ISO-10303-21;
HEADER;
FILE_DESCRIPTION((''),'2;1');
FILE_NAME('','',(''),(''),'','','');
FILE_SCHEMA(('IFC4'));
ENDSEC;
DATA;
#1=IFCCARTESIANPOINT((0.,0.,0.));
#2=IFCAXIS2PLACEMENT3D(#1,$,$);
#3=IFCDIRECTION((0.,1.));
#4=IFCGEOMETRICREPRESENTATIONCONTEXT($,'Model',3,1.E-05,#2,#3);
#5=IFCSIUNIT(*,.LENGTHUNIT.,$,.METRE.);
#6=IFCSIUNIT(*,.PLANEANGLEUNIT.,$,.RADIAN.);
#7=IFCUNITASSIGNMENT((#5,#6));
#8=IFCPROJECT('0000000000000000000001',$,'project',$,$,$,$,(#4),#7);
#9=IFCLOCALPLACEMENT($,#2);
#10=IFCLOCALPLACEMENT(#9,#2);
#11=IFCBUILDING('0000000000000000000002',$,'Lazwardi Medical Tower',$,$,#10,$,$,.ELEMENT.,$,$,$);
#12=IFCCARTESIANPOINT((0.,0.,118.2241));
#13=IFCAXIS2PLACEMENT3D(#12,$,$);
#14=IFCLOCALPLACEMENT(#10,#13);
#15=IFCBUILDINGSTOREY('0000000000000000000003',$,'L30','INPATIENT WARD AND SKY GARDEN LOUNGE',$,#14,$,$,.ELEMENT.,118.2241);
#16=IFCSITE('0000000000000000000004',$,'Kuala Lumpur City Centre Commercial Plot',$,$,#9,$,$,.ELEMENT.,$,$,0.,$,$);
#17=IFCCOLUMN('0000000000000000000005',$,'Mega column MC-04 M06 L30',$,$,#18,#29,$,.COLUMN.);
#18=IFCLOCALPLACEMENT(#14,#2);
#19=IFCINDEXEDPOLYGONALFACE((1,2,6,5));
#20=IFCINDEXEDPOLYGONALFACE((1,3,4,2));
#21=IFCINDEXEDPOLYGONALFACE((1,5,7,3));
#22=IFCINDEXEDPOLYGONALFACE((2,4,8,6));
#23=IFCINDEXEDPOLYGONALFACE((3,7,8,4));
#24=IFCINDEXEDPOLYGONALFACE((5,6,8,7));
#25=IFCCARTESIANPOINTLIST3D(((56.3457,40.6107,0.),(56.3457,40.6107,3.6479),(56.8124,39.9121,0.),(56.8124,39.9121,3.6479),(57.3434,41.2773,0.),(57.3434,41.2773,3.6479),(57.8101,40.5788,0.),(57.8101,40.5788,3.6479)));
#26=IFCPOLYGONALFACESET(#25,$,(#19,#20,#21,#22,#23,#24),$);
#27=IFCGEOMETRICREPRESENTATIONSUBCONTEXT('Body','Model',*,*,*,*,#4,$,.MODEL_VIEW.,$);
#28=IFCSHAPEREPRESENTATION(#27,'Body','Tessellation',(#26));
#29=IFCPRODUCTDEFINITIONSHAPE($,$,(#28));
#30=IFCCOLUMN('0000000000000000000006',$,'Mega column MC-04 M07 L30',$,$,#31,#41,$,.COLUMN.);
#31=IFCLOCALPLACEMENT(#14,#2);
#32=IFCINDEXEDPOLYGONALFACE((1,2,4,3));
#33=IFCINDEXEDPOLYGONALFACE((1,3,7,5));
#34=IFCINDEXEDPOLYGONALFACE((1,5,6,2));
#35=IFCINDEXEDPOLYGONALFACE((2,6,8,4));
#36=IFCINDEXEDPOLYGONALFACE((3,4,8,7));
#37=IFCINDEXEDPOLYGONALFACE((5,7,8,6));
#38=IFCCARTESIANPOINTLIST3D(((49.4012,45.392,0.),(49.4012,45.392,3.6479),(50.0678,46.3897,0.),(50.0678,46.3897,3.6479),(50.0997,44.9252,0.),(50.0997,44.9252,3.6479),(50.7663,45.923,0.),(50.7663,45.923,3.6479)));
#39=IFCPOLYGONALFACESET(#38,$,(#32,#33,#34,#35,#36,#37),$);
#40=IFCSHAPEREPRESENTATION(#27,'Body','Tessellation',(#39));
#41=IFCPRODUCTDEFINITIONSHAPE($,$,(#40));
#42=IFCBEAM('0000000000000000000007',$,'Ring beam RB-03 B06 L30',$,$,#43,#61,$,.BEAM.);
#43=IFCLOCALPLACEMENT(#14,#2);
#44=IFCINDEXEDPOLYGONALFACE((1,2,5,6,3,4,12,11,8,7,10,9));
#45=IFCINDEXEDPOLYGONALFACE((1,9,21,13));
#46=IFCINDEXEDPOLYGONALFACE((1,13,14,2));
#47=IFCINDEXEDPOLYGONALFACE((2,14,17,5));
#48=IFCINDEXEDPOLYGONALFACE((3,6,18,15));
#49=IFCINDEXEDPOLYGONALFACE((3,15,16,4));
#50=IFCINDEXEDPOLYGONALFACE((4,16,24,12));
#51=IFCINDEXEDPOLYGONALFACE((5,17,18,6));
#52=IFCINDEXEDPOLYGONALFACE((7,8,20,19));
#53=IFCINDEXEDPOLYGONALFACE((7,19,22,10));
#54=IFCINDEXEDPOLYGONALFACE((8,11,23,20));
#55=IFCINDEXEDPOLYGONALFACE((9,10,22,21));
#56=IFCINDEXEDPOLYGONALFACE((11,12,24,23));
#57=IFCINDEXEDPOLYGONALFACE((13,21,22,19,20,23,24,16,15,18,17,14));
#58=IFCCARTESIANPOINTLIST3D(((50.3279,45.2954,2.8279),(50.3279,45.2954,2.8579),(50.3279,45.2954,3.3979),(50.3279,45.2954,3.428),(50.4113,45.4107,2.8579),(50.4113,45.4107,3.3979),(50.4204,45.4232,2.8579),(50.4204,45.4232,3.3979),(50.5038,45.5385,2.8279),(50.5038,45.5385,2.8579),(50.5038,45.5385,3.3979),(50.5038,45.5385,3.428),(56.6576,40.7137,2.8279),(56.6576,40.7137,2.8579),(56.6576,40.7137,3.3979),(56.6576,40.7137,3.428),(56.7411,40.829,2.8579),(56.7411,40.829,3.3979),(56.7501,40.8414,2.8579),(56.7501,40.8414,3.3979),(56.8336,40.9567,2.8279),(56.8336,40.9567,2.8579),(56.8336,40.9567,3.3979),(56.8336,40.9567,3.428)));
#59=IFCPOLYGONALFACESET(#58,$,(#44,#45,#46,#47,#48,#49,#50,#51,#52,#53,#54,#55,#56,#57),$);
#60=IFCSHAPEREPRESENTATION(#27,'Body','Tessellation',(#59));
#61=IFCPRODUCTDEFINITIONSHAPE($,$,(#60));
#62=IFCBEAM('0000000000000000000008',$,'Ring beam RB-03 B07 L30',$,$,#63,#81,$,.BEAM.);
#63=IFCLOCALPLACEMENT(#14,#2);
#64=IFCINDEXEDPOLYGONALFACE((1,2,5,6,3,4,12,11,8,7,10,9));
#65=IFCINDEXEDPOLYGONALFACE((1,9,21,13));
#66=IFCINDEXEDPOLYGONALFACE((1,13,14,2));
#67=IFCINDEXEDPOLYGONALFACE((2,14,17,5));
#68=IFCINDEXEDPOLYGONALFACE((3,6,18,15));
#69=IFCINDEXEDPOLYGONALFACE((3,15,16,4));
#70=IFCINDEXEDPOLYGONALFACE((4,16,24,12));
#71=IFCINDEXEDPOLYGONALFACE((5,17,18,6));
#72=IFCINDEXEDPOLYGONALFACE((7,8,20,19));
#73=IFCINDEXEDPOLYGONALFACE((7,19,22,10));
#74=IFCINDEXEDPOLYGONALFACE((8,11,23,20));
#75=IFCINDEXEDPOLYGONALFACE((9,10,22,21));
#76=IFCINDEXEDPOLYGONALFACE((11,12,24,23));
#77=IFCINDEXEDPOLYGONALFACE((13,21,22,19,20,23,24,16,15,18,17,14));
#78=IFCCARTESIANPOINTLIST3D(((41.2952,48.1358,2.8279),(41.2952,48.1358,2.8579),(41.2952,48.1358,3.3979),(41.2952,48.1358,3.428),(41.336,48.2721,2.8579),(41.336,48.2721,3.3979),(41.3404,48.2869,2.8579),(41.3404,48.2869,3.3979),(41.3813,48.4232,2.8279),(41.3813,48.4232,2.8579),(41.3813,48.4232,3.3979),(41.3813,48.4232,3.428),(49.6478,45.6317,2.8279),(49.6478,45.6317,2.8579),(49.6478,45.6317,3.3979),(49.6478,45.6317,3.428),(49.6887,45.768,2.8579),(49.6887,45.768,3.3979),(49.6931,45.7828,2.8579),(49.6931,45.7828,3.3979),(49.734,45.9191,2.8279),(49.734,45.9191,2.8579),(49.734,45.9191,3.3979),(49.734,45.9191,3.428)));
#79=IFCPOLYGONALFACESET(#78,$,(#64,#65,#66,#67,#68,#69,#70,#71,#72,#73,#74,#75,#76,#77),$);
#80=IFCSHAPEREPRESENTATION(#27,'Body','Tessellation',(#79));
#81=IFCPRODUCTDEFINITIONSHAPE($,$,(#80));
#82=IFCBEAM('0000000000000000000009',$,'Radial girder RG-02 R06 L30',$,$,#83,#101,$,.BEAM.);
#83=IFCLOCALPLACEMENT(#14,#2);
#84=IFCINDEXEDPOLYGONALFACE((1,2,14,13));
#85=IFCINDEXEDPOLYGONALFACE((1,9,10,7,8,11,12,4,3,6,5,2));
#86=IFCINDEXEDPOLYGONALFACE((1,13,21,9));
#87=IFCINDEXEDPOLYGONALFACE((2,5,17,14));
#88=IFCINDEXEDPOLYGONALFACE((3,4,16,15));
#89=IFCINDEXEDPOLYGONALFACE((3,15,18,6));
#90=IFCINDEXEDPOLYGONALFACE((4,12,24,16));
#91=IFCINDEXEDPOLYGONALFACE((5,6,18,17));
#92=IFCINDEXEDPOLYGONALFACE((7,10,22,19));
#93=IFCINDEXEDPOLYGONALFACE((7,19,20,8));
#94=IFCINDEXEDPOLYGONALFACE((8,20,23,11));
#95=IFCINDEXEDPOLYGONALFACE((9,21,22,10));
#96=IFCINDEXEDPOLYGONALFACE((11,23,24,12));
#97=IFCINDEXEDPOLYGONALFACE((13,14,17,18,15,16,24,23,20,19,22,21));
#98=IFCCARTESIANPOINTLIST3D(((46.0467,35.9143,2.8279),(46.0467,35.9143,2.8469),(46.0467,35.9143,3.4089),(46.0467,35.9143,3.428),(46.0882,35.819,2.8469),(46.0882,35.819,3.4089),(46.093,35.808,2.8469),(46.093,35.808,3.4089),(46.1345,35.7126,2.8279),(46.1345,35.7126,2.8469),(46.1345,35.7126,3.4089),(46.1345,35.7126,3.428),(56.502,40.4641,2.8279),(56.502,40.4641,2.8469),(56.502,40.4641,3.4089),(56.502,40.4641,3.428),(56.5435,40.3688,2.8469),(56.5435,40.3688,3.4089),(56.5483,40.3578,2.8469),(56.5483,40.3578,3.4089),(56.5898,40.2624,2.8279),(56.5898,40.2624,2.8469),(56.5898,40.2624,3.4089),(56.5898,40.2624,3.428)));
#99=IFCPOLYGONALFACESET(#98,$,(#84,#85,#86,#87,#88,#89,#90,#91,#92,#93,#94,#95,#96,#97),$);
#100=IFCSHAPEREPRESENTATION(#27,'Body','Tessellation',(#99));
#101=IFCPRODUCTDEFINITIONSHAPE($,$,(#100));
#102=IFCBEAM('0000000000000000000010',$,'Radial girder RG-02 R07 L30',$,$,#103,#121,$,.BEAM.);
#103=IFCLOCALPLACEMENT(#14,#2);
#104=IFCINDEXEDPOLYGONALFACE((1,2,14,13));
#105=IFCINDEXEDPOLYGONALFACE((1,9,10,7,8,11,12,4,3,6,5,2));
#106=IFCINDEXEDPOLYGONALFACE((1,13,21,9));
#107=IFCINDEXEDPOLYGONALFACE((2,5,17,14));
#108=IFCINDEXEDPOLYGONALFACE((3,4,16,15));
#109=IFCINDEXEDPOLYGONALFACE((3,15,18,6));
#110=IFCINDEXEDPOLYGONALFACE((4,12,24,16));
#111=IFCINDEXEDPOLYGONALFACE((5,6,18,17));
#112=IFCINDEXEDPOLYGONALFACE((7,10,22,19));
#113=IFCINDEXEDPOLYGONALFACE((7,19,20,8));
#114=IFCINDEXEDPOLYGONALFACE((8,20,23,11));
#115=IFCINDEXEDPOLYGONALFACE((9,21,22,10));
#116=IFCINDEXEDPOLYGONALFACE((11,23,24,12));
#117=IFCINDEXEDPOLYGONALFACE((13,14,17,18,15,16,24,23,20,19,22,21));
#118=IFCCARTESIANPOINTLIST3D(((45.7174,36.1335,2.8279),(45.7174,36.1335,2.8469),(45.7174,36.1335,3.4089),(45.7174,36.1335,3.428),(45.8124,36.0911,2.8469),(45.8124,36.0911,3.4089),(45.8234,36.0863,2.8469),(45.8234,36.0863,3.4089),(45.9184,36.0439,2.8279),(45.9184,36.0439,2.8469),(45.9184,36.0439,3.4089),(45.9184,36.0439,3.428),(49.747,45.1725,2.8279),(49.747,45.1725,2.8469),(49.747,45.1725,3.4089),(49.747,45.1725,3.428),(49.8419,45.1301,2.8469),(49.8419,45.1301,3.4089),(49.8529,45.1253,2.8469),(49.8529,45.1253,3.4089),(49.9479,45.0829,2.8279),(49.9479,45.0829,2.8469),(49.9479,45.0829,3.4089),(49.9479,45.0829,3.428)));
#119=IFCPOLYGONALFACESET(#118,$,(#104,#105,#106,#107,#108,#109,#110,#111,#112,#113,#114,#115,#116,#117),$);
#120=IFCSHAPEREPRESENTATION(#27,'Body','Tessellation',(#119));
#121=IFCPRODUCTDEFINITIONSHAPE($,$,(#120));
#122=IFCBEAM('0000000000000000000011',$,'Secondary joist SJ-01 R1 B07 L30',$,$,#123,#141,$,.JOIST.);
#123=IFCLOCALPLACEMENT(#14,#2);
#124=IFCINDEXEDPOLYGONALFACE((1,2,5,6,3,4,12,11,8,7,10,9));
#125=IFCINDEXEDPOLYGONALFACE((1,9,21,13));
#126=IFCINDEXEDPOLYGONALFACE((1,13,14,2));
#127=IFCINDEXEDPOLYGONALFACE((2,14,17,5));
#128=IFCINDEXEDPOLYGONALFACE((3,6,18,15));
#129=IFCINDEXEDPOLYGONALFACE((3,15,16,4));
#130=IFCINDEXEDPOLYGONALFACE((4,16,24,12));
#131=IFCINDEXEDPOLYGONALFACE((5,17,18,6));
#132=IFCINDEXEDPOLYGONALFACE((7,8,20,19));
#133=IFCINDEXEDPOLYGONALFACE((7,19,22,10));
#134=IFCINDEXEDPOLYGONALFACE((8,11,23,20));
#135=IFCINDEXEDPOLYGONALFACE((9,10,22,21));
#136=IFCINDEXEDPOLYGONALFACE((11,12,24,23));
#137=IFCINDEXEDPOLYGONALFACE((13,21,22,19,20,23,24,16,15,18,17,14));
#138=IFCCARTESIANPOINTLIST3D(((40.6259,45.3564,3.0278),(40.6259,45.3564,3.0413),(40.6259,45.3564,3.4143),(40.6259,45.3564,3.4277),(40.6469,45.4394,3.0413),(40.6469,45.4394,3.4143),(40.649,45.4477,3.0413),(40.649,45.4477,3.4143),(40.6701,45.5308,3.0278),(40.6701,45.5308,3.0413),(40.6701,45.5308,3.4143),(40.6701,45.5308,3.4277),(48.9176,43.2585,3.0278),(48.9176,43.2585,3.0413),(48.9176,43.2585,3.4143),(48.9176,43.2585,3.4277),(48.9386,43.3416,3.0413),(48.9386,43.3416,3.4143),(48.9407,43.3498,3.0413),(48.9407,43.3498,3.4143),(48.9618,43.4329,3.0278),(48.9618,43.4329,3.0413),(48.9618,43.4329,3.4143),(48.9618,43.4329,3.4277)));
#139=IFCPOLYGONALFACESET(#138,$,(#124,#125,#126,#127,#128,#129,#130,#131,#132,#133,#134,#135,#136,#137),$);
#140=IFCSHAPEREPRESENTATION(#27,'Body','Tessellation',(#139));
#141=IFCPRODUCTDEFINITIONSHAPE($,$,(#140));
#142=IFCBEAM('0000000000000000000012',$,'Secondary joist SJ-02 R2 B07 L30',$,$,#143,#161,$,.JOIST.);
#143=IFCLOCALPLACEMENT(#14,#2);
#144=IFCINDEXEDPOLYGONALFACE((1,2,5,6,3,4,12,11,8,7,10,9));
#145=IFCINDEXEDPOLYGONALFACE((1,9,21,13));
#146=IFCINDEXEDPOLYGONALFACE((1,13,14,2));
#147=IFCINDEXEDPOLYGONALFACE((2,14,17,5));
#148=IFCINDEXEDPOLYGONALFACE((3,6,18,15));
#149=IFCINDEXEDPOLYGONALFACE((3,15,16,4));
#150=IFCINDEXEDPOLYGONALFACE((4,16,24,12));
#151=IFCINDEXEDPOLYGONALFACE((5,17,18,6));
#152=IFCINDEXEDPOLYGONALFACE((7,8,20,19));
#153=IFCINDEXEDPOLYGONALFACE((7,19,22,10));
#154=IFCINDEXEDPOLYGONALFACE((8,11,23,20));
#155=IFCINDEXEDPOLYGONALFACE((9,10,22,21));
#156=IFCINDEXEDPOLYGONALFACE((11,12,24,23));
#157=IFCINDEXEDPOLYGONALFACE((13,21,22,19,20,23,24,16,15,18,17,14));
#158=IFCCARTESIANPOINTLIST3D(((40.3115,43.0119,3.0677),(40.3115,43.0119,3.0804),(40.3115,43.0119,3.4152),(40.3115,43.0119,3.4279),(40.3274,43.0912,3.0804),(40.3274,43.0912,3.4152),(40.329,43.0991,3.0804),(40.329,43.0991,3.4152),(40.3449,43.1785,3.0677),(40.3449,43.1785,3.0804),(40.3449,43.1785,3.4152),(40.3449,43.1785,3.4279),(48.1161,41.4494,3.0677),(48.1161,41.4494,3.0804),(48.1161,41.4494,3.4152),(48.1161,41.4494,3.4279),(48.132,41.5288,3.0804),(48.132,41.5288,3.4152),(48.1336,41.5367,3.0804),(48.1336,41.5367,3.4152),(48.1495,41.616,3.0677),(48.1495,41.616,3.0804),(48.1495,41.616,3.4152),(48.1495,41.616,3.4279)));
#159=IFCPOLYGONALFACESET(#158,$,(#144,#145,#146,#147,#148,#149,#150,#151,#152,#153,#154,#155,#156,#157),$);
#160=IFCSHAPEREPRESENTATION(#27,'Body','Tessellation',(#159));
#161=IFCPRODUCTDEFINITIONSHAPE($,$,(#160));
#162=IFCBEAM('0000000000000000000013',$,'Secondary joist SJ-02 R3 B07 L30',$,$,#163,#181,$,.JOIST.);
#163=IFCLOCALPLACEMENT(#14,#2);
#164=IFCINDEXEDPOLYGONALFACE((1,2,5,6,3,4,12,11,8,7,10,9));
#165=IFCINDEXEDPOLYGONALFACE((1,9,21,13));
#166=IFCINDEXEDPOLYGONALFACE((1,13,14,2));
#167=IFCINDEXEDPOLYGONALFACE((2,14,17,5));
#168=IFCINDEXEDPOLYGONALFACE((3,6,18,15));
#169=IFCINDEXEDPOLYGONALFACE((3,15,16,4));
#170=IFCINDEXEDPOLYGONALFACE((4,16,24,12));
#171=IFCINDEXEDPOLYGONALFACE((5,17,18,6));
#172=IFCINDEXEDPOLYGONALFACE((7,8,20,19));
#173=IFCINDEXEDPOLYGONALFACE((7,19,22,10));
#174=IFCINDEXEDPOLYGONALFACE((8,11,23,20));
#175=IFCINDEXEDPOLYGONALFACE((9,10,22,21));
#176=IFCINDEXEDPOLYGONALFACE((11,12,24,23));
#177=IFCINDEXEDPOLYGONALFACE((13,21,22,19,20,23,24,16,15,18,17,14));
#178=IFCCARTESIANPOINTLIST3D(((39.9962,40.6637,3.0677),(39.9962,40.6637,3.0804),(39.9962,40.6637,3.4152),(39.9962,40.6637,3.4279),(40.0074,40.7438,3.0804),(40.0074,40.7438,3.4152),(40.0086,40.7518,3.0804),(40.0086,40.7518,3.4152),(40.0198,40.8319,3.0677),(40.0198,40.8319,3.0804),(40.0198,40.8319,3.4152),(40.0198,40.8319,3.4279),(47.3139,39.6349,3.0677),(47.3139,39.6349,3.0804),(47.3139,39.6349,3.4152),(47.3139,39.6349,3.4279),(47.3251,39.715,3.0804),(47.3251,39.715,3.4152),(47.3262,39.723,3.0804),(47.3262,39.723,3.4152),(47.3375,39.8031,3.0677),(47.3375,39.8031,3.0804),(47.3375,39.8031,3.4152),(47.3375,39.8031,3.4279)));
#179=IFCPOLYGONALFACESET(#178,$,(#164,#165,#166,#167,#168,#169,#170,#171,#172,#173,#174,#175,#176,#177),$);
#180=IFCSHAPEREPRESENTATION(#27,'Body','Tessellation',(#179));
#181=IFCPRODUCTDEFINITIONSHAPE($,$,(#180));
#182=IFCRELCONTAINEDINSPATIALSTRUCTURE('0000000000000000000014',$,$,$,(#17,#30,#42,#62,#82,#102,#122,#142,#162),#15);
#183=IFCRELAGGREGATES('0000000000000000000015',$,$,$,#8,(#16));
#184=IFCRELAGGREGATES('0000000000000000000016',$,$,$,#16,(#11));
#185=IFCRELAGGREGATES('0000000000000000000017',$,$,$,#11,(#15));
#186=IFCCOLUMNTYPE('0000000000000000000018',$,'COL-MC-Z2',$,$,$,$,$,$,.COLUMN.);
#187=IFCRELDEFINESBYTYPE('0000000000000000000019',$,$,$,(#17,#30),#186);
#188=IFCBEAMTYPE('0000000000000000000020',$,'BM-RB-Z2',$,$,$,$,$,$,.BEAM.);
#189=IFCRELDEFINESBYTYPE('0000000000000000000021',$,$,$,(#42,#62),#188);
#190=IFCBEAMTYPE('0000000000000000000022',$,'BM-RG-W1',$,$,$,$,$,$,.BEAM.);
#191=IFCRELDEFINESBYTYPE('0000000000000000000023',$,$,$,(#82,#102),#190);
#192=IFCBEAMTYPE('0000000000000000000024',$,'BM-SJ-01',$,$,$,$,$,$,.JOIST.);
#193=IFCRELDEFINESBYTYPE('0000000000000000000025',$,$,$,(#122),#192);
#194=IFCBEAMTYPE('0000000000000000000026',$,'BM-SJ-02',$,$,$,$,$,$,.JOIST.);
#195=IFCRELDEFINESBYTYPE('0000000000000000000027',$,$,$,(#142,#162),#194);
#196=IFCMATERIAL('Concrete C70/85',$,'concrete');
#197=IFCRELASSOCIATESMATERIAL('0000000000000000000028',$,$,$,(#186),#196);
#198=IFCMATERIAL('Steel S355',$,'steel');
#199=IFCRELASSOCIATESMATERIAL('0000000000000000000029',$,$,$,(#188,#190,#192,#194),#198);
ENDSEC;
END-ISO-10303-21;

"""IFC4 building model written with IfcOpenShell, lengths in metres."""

from ifc_helpers import new_model, si_unit, direction, frame, origin, origin_2d, place, context, subcontext, project, spatial, rectangle, i_section, extrude, material, material_profile, profile_set, type_object, element, save


model = new_model("IFC4")

# Units and contexts
model_context = context("Model", 3, precision=1e-05, world=origin(), true_north=direction((0.0, 1.0)))
body_context = subcontext(model_context, "Body", "Model", "MODEL_VIEW")
ifc_project = project(units=[si_unit("LENGTHUNIT", "METRE"), si_unit("PLANEANGLEUNIT", "RADIAN")], contexts=[model_context])

# Site, building, storey
site_placement = place(None, origin())
site = spatial("IfcSite", under=ifc_project, at=site_placement, Name="Kuala Lumpur City Centre Commercial Plot", CompositionType="ELEMENT", RefElevation=0.0)
building_placement = place(site_placement, origin())
building = spatial("IfcBuilding", under=site, at=building_placement, Name="Lazwardi Medical Tower", CompositionType="ELEMENT")
storey_placement = place(building_placement, frame((0.0, 0.0, 118.2241)))
storey = spatial("IfcBuildingStorey", under=building, at=storey_placement, Name="L30", Description="INPATIENT WARD AND SKY GARDEN LOUNGE", CompositionType="ELEMENT", Elevation=118.2241)

# Columns
ifc_material_1 = material(Name="Concrete C70/85", Category="concrete")
ifc_material_profile_1 = material_profile(ifc_material_1, rectangle(XDim=1.2, YDim=0.8401, at=origin_2d()), Name="CFT-RECT 1200x840")
ifc_profile_set_1 = profile_set([ifc_material_profile_1], Name="Concrete C70/85")
column_type = type_object("IfcColumnType", Name="COL-MC-Z2", PredefinedType="COLUMN", material=ifc_profile_set_1)
for number, where, z_axis, x_axis, name in (
    (1, (57.0779, 40.5947, 0.0), (0.0, 0.0, 1.0), (0.83147, 0.55557, 0.0), "Mega column MC-04 M06 L30"),
    (2, (50.0837, 45.6575, 0.0), (0.0, 0.0, 1.0), (0.55557, 0.83147, 0.0), "Mega column MC-04 M07 L30"),
):
    element("IfcColumn", number, at=place(storey_placement, frame(where, z_axis=z_axis, x_axis=x_axis)), inside=storey, type_object=column_type, Name=name, PredefinedType="COLUMN", context=body_context, shape_type="SweptSolid", body=[
        extrude(rectangle(XDim=1.2, YDim=0.8401, at=origin_2d()), origin(), (0.0, 0.0, 1.0), 3.6479),
    ])

# Beams
ifc_material_2 = material(Name="Steel S355", Category="steel")
ifc_material_profile_2 = material_profile(ifc_material_2, i_section(OverallWidth=0.3, OverallDepth=0.6001, WebThickness=0.0154, FlangeThickness=0.03, at=origin_2d()), Name="HEB 600")
ifc_profile_set_2 = profile_set([ifc_material_profile_2], Name="Steel S355")
beam_type_1 = type_object("IfcBeamType", Name="BM-RB-Z2", PredefinedType="BEAM", material=ifc_profile_set_2)
beam_1_placement = place(storey_placement, frame((56.7456, 40.8352, 3.1279), z_axis=(-0.810057, 0.586351, 0.0), x_axis=(-0.586351, -0.810057, 0.0)))
element("IfcBeam", 3, at=beam_1_placement, inside=storey, type_object=beam_type_1, Name="Ring beam RB-03 B06 L30", PredefinedType="BEAM", context=body_context, shape_type="SweptSolid", body=[
    extrude(i_section(OverallWidth=0.3, OverallDepth=0.6001, WebThickness=0.0154, FlangeThickness=0.03, at=origin_2d()), origin(), (0.0, 0.0, 1.0), 7.814),
])
beam_2_placement = place(storey_placement, frame((49.6909, 45.7754, 3.1279), z_axis=(-0.957879, 0.287171, 0.0), x_axis=(-0.287171, -0.957879, 0.0)))
element("IfcBeam", 4, at=beam_2_placement, inside=storey, type_object=beam_type_1, Name="Ring beam RB-03 B07 L30", PredefinedType="BEAM", context=body_context, shape_type="SweptSolid", body=[
    extrude(i_section(OverallWidth=0.3, OverallDepth=0.6001, WebThickness=0.0154, FlangeThickness=0.03, at=origin_2d()), origin(), (0.0, 0.0, 1.0), 8.72),
])
ifc_material_profile_3 = material_profile(ifc_material_2, i_section(OverallWidth=0.22, OverallDepth=0.6001, WebThickness=0.012, FlangeThickness=0.019, at=origin_2d()), Name="IPE 600")
ifc_profile_set_3 = profile_set([ifc_material_profile_3], Name="Steel S355")
beam_type_2 = type_object("IfcBeamType", Name="BM-RG-W1", PredefinedType="BEAM", material=ifc_profile_set_3)
beam_3_placement = place(storey_placement, frame((56.5459, 40.3633, 3.1279), z_axis=(-0.916941, -0.399022, 0.0), x_axis=(0.399022, -0.916941, 0.0)))
element("IfcBeam", 5, at=beam_3_placement, inside=storey, type_object=beam_type_2, Name="Radial girder RG-02 R06 L30", PredefinedType="BEAM", context=body_context, shape_type="SweptSolid", body=[
    extrude(i_section(OverallWidth=0.22, OverallDepth=0.6001, WebThickness=0.012, FlangeThickness=0.019, at=origin_2d()), origin(), (0.0, 0.0, 1.0), 11.4023),
])
beam_4_placement = place(storey_placement, frame((49.8474, 45.1277, 3.1279), z_axis=(-0.407166, -0.913354, 0.0), x_axis=(0.913354, -0.407166, 0.0)))
element("IfcBeam", 6, at=beam_4_placement, inside=storey, type_object=beam_type_2, Name="Radial girder RG-02 R07 L30", PredefinedType="BEAM", context=body_context, shape_type="SweptSolid", body=[
    extrude(i_section(OverallWidth=0.22, OverallDepth=0.6001, WebThickness=0.012, FlangeThickness=0.019, at=origin_2d()), origin(), (0.0, 0.0, 1.0), 9.8965),
])
ifc_material_profile_4 = material_profile(ifc_material_2, i_section(OverallWidth=0.1799, OverallDepth=0.3999, WebThickness=0.0085, FlangeThickness=0.0134, at=origin_2d()), Name="IPE 400")
ifc_profile_set_4 = profile_set([ifc_material_profile_4], Name="Steel S355")
beam_type_3 = type_object("IfcBeamType", Name="BM-SJ-01", PredefinedType="JOIST", material=ifc_profile_set_4)
beam_5_placement = place(storey_placement, frame((48.9397, 43.3457, 3.2278), z_axis=(-0.969452, 0.245282, 0.0), x_axis=(-0.245282, -0.969452, 0.0)))
element("IfcBeam", 7, at=beam_5_placement, inside=storey, type_object=beam_type_3, Name="Secondary joist SJ-01 R1 B07 L30", PredefinedType="JOIST", context=body_context, shape_type="SweptSolid", body=[
    extrude(i_section(OverallWidth=0.1799, OverallDepth=0.3999, WebThickness=0.0085, FlangeThickness=0.0134, at=origin_2d()), origin(), (0.0, 0.0, 1.0), 8.553),
])
ifc_material_profile_5 = material_profile(ifc_material_2, i_section(OverallWidth=0.1699, OverallDepth=0.3601, WebThickness=0.0081, FlangeThickness=0.0127, at=origin_2d()), Name="IPE 360")
ifc_profile_set_5 = profile_set([ifc_material_profile_5], Name="Steel S355")
beam_type_4 = type_object("IfcBeamType", Name="BM-SJ-02", PredefinedType="JOIST", material=ifc_profile_set_5)
beam_6_placement = place(storey_placement, frame((48.1328, 41.5327, 3.2478), z_axis=(-0.980543, 0.196305, 0.0), x_axis=(-0.196305, -0.980543, 0.0)))
element("IfcBeam", 8, at=beam_6_placement, inside=storey, type_object=beam_type_4, Name="Secondary joist SJ-02 R2 B07 L30", PredefinedType="JOIST", context=body_context, shape_type="SweptSolid", body=[
    extrude(i_section(OverallWidth=0.1699, OverallDepth=0.3601, WebThickness=0.0081, FlangeThickness=0.0127, at=origin_2d()), origin(), (0.0, 0.0, 1.0), 7.9595),
])
beam_7_placement = place(storey_placement, frame((47.3257, 39.719, 3.2478), z_axis=(-0.990261, 0.139224, 0.0), x_axis=(-0.139224, -0.990261, 0.0)))
element("IfcBeam", 9, at=beam_7_placement, inside=storey, type_object=beam_type_4, Name="Secondary joist SJ-02 R3 B07 L30", PredefinedType="JOIST", context=body_context, shape_type="SweptSolid", body=[
    extrude(i_section(OverallWidth=0.1699, OverallDepth=0.3601, WebThickness=0.0081, FlangeThickness=0.0127, at=origin_2d()), origin(), (0.0, 0.0, 1.0), 7.3896),
])

save(model, "model.ifc")
